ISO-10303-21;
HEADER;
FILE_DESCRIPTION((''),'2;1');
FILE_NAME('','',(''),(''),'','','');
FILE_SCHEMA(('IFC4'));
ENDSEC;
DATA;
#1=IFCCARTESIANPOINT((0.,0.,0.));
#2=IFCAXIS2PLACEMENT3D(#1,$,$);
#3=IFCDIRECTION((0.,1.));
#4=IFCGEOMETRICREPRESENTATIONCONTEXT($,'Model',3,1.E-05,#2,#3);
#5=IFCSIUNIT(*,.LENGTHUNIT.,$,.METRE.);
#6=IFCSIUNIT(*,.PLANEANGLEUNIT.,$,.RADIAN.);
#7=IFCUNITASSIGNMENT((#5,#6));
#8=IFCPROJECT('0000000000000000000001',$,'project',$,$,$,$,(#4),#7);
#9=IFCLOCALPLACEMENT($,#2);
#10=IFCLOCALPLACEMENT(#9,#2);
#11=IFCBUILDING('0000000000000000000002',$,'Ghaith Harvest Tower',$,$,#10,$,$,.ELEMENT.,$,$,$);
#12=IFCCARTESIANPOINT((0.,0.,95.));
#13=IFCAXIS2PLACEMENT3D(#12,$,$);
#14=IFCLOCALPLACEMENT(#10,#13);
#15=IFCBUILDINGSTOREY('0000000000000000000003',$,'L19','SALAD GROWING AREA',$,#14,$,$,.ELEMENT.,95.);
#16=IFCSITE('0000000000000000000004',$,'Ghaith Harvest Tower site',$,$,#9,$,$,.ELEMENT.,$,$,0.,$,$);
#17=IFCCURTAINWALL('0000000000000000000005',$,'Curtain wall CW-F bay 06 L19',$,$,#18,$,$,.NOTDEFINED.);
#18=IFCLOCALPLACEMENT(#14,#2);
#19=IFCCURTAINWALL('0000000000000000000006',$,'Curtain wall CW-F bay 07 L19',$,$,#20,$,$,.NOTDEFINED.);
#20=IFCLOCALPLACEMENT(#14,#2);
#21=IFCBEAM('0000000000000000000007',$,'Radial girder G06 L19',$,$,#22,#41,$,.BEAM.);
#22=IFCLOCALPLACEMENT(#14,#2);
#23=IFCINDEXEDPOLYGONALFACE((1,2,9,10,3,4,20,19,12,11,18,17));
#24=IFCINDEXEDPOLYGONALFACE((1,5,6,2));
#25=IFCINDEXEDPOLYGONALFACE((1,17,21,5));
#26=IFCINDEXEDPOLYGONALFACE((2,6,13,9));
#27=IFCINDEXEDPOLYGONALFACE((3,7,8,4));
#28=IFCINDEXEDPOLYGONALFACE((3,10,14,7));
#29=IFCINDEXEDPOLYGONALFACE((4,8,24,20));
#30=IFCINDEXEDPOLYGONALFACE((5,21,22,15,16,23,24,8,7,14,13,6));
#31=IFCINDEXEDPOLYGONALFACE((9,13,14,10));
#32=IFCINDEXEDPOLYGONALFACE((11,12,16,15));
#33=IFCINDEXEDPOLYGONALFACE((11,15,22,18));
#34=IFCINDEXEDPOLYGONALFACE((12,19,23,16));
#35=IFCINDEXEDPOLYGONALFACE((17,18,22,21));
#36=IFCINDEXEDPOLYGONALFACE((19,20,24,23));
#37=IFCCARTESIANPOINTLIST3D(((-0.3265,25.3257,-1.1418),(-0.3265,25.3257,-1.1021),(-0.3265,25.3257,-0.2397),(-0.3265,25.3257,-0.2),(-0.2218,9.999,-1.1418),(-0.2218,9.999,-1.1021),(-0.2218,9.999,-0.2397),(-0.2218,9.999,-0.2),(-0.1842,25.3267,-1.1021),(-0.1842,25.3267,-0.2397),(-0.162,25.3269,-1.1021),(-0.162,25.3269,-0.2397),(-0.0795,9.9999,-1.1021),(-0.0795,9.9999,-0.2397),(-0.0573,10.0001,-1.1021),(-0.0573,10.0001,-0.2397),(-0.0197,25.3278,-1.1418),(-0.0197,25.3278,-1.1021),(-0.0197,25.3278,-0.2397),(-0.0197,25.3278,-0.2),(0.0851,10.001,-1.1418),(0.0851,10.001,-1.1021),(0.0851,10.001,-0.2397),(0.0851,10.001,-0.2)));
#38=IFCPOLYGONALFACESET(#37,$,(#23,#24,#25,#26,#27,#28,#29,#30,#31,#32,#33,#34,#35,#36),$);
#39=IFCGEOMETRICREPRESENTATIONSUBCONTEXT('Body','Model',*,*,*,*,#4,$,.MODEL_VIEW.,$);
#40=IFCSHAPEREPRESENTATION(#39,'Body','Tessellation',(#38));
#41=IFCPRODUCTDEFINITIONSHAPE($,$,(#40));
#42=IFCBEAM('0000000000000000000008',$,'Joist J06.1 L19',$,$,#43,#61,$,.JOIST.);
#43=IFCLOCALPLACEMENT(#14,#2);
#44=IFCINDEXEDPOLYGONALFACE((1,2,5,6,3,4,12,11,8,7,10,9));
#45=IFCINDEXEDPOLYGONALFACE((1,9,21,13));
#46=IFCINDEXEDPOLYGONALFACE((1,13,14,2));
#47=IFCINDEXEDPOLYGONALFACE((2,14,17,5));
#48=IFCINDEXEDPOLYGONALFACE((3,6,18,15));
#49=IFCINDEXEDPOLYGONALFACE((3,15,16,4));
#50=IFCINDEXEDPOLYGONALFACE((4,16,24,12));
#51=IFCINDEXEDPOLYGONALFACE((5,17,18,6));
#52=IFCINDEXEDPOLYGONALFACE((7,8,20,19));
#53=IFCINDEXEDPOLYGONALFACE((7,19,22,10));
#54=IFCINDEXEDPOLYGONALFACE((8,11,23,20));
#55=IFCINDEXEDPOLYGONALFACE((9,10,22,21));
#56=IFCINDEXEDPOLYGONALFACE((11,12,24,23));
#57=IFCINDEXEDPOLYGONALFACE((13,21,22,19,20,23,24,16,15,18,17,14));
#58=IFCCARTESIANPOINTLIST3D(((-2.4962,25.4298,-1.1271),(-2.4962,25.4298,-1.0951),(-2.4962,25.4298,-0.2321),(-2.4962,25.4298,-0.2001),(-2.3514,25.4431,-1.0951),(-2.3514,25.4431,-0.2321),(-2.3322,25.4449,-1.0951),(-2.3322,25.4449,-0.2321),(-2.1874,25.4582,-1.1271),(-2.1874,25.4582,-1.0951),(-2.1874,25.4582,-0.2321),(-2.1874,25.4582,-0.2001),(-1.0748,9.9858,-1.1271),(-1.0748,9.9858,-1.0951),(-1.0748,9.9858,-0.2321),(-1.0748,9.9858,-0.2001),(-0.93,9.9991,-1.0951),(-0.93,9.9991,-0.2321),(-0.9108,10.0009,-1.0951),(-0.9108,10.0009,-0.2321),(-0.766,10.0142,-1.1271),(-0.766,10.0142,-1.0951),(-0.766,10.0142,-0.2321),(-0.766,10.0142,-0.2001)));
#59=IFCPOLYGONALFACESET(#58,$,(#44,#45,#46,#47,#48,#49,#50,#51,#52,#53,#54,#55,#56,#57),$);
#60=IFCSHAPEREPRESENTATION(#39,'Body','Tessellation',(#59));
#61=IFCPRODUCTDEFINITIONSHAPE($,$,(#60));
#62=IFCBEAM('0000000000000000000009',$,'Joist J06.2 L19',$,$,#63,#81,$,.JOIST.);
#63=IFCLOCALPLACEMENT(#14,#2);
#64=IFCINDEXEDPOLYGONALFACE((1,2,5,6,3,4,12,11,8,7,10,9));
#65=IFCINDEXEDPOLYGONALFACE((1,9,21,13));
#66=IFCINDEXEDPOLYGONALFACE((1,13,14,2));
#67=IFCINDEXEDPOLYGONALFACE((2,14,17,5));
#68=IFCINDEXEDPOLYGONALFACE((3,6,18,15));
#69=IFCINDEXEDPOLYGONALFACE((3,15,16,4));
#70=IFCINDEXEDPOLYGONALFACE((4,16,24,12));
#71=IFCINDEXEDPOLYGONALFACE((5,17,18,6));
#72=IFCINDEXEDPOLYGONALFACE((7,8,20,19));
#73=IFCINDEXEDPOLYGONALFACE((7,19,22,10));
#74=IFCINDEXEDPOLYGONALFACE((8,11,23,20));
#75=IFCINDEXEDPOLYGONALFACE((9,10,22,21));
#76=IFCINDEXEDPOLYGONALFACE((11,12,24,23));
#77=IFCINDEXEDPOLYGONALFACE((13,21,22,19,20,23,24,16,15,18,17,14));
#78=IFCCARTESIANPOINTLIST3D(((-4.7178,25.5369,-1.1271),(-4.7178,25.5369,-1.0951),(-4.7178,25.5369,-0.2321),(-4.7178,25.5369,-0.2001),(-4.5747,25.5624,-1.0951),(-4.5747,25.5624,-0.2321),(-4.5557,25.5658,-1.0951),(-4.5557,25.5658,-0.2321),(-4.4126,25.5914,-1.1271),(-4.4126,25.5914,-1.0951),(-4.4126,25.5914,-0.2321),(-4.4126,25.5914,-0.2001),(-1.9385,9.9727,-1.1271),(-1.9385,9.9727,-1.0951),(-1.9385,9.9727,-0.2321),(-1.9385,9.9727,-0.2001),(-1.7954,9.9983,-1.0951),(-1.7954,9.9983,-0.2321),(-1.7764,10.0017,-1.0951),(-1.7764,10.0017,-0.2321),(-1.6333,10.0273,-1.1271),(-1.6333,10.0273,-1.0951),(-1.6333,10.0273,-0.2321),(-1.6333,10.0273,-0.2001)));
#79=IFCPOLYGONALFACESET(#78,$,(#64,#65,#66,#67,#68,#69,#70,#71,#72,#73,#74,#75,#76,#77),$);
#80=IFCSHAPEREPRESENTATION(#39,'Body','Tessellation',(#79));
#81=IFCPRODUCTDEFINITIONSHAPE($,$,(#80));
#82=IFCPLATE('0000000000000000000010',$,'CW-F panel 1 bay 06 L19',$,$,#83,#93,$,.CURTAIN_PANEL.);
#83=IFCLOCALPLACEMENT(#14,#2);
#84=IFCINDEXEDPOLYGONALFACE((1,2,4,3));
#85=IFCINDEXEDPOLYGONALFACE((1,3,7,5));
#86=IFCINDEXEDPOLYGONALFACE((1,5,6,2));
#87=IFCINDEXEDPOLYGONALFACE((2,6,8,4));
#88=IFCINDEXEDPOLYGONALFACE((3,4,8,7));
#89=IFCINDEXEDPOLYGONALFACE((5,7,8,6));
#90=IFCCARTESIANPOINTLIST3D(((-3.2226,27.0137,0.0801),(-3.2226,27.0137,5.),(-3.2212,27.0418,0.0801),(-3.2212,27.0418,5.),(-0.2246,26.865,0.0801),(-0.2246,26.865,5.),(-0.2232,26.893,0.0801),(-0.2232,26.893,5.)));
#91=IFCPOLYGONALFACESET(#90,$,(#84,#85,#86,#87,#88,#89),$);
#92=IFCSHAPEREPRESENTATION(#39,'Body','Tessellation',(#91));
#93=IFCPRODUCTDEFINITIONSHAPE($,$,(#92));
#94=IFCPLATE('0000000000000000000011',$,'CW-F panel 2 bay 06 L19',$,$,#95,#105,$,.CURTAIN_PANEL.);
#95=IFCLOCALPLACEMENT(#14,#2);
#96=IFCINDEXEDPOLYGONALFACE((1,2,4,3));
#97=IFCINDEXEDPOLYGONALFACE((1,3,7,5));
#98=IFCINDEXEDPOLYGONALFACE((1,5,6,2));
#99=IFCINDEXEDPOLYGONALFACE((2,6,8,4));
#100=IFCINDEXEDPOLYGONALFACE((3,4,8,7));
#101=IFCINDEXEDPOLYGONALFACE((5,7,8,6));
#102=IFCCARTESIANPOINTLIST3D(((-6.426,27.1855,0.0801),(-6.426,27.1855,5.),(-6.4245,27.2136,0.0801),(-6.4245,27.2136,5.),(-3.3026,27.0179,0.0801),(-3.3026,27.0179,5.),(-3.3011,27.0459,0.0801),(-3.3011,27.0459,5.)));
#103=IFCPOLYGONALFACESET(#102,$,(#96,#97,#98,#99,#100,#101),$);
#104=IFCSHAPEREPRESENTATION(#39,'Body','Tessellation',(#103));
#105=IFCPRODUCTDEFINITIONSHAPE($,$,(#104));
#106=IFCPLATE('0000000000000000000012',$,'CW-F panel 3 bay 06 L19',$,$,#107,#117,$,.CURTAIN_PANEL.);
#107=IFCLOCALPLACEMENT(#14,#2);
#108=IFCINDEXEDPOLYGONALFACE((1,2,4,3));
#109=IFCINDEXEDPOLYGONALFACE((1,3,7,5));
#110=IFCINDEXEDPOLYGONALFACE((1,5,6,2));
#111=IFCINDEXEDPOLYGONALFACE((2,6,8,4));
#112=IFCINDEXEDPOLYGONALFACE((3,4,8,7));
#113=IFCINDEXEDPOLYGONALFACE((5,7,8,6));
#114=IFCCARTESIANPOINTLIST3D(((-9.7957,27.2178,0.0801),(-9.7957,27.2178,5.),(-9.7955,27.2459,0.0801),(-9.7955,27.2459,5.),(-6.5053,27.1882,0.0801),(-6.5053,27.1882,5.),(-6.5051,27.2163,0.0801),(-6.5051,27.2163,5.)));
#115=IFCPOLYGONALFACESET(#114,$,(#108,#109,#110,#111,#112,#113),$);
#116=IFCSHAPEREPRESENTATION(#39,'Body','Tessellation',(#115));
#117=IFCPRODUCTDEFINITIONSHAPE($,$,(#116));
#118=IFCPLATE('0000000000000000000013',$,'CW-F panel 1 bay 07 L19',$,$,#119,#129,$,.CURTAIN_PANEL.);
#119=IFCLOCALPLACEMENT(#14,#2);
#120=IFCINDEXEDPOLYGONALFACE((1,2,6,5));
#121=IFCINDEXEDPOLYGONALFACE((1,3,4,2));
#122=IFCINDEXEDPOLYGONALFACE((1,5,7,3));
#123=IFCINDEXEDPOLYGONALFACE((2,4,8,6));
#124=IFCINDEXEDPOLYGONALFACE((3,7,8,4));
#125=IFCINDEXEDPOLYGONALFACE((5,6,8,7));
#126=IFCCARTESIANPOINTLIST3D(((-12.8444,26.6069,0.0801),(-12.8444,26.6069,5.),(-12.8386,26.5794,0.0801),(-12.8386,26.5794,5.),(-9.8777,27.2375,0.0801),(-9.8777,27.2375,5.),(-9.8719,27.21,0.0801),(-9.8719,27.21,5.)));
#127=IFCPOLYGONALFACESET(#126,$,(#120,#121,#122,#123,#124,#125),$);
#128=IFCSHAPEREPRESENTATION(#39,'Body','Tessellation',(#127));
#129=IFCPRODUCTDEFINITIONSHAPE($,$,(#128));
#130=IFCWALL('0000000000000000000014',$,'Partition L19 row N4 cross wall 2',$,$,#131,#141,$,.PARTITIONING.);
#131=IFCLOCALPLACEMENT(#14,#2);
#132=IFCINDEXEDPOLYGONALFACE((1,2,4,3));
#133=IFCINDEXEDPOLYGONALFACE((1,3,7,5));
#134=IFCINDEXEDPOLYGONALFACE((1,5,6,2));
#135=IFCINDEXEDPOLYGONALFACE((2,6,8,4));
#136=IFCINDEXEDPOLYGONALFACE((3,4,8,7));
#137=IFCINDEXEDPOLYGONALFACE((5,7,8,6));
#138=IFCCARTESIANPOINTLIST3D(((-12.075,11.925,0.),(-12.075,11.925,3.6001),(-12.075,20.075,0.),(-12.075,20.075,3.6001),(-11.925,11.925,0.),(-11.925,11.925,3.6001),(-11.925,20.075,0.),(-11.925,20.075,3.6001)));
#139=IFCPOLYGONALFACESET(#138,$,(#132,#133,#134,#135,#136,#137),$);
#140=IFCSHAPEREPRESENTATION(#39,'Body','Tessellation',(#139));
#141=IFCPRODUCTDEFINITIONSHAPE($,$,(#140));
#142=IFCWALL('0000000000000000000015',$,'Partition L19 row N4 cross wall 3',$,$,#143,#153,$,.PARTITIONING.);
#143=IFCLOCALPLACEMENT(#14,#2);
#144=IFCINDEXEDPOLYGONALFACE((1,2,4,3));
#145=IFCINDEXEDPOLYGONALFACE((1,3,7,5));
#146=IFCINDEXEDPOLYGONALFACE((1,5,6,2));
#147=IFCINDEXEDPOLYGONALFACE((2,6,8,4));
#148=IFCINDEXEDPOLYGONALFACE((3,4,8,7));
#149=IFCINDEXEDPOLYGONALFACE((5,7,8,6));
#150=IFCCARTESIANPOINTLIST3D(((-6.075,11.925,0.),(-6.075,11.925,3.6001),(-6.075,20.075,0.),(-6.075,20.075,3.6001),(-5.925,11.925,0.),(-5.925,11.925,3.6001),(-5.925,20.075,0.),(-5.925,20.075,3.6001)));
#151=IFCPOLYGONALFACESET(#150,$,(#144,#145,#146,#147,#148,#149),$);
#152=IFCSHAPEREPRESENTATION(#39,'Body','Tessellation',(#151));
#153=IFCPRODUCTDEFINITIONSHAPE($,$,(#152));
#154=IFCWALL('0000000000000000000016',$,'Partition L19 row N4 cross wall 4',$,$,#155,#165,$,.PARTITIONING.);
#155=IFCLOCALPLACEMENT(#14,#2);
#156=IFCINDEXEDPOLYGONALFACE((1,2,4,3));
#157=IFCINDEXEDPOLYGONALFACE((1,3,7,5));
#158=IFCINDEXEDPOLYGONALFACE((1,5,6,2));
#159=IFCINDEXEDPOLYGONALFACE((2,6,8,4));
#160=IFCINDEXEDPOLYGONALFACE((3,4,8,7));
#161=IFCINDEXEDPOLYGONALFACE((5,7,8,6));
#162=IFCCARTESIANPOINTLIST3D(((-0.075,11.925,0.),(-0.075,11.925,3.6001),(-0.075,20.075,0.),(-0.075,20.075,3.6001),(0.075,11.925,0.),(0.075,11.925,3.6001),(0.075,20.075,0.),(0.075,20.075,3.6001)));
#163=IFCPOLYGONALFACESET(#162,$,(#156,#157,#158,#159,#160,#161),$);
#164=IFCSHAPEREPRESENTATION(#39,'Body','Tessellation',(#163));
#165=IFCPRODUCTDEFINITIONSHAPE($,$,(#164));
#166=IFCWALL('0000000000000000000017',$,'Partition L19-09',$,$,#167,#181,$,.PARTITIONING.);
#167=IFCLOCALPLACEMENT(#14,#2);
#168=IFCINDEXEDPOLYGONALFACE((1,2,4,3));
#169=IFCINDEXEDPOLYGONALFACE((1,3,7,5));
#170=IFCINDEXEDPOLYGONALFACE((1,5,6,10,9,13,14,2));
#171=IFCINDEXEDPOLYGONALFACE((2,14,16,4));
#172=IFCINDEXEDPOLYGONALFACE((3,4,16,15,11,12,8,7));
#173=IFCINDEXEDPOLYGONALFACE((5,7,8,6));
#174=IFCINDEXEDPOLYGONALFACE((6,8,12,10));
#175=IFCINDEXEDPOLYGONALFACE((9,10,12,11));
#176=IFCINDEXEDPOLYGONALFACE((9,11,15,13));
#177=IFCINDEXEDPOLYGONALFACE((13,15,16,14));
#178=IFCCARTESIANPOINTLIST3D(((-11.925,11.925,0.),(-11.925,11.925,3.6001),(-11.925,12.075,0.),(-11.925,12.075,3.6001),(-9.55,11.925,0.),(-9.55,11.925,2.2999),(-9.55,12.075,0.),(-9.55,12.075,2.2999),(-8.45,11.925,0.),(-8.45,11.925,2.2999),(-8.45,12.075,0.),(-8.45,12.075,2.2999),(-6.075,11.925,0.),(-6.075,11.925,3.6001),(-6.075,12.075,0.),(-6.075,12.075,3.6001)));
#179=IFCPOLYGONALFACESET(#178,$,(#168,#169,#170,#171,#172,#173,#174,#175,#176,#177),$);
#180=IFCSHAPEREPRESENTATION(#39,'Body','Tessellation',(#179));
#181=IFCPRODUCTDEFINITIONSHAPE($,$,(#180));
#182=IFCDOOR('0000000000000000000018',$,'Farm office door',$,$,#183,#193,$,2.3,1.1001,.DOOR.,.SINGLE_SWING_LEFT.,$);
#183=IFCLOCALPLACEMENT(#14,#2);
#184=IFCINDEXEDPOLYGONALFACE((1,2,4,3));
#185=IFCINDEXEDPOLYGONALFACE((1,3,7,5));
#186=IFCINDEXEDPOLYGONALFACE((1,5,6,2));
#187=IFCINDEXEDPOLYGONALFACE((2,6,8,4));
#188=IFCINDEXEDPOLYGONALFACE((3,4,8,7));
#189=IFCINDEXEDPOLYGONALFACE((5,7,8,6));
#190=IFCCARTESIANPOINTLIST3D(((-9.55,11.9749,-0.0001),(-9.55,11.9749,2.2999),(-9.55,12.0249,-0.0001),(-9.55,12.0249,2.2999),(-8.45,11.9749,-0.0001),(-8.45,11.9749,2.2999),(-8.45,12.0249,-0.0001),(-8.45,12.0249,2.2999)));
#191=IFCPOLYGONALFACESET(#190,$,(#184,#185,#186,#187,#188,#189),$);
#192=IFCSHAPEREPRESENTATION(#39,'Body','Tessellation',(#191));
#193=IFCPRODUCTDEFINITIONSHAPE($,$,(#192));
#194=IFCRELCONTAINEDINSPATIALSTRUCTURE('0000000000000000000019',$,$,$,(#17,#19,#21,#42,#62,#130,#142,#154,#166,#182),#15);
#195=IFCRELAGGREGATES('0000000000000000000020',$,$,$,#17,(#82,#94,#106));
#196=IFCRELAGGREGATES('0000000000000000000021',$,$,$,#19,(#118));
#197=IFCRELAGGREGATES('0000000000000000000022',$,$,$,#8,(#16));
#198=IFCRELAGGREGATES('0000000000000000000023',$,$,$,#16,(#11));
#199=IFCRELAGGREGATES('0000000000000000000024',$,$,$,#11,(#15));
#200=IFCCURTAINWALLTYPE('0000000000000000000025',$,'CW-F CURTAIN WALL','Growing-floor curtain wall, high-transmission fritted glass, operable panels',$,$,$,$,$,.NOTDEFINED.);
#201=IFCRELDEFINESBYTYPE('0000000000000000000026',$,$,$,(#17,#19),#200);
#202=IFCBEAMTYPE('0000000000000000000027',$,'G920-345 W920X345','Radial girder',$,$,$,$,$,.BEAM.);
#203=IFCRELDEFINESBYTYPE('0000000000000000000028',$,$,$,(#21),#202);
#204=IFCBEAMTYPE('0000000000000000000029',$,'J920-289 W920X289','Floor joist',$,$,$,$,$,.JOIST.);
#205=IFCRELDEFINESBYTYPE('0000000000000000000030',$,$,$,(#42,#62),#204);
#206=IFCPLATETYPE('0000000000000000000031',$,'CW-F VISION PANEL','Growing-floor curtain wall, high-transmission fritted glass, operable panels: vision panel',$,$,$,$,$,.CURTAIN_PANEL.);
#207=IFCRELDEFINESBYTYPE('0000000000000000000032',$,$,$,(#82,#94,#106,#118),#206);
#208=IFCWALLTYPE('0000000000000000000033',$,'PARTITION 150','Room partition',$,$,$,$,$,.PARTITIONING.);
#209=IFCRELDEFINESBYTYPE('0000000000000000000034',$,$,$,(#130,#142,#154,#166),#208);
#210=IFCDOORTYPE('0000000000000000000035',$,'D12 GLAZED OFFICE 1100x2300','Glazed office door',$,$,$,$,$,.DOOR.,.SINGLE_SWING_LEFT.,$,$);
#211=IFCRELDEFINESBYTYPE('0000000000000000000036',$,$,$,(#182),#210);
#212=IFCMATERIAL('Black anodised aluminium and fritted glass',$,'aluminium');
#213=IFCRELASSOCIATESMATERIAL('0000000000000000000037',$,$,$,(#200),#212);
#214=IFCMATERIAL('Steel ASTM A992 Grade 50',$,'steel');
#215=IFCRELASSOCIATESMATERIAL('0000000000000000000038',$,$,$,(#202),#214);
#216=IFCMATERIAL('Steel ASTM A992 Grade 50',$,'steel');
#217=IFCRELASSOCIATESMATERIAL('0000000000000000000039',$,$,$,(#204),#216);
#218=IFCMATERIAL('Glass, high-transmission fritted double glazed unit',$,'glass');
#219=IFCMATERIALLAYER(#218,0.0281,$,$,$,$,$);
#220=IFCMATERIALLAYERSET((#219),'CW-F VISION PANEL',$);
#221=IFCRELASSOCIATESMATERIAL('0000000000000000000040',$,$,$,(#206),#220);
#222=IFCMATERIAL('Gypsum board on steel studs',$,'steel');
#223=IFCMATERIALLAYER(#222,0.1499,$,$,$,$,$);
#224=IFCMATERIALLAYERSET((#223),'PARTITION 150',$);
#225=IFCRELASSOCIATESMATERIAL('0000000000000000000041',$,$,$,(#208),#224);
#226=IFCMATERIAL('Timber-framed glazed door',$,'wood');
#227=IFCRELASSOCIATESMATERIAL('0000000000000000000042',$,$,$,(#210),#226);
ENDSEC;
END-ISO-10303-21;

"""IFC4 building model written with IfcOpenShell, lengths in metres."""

from ifc_helpers import new_model, si_unit, direction, frame, frame_2d, origin, origin_2d, place, context, subcontext, project, spatial, rectangle, i_section, extrude, material, layer, layer_set, material_profile, profile_set, type_object, element, fill, aggregate, save


model = new_model("IFC4")

# Units and contexts
model_context = context("Model", 3, precision=1e-05, world=origin(), true_north=direction((0.0, 1.0)))
body_context = subcontext(model_context, "Body", "Model", "MODEL_VIEW")
ifc_project = project(units=[si_unit("LENGTHUNIT", "METRE"), si_unit("PLANEANGLEUNIT", "RADIAN")], contexts=[model_context])

# Site, building, storey
site_placement = place(None, origin())
site = spatial("IfcSite", under=ifc_project, at=site_placement, Name="Ghaith Harvest Tower site", CompositionType="ELEMENT", RefElevation=0.0)
building_placement = place(site_placement, origin())
building = spatial("IfcBuilding", under=site, at=building_placement, Name="Ghaith Harvest Tower", CompositionType="ELEMENT")
storey_placement = place(building_placement, frame((0.0, 0.0, 95.0)))
storey = spatial("IfcBuildingStorey", under=building, at=storey_placement, Name="L19", Description="SALAD GROWING AREA", CompositionType="ELEMENT", Elevation=95.0)

# Curtain wall
ifc_material_1 = material(Name="Black anodised aluminium and fritted glass", Category="aluminium")
curtain_wall_type = type_object("IfcCurtainWallType", Name="CW-F CURTAIN WALL", Description="Growing-floor curtain wall, high-transmission fritted glass, operable panels", PredefinedType="NOTDEFINED", material=ifc_material_1)
curtain_wall_1_placement = place(storey_placement, origin())
curtain_wall_1 = element("IfcCurtainWall", 1, at=curtain_wall_1_placement, inside=storey, type_object=curtain_wall_type, Name="Curtain wall CW-F bay 06 L19", PredefinedType="NOTDEFINED")

# Curtain wall
curtain_wall_2_placement = place(storey_placement, origin())
curtain_wall_2 = element("IfcCurtainWall", 2, at=curtain_wall_2_placement, inside=storey, type_object=curtain_wall_type, Name="Curtain wall CW-F bay 07 L19", PredefinedType="NOTDEFINED")

# Beams
ifc_material_2 = material(Name="Steel ASTM A992 Grade 50", Category="steel")
ifc_material_profile_1 = material_profile(ifc_material_2, i_section(OverallWidth=0.3069, OverallDepth=0.9419, WebThickness=0.0222, FlangeThickness=0.0398, at=origin_2d()), Name="W920X345")
ifc_profile_set_1 = profile_set([ifc_material_profile_1], Name="Steel ASTM A992 Grade 50")
beam_type_1 = type_object("IfcBeamType", Name="G920-345 W920X345", Description="Radial girder", PredefinedType="BEAM", material=ifc_profile_set_1)
beam_1_placement = place(storey_placement, frame((-0.0684, 10.0, -0.6709), z_axis=(-0.006833, 0.999977, 0.0), x_axis=(-0.999977, -0.006833, 0.0)))
element("IfcBeam", 3, at=beam_1_placement, inside=storey, type_object=beam_type_1, Name="Radial girder G06 L19", PredefinedType="BEAM", context=body_context, shape_type="SweptSolid", body=[
    extrude(i_section(OverallWidth=0.3069, OverallDepth=0.9419, WebThickness=0.0222, FlangeThickness=0.0398, at=origin_2d()), origin(), (0.0, 0.0, 1.0), 15.3271),
])
ifc_material_3 = material(Name="Steel ASTM A992 Grade 50", Category="steel")
ifc_material_profile_2 = material_profile(ifc_material_3, i_section(OverallWidth=0.3101, OverallDepth=0.927, WebThickness=0.0193, FlangeThickness=0.032, at=origin_2d()), Name="W920X289")
ifc_profile_set_2 = profile_set([ifc_material_profile_2], Name="Steel ASTM A992 Grade 50")
beam_type_2 = type_object("IfcBeamType", Name="J920-289 W920X289", Description="Floor joist", PredefinedType="JOIST", material=ifc_profile_set_2)
beam_2_placement = place(storey_placement, frame((-0.9204, 10.0, -0.6636), z_axis=(-0.091647, 0.995792, 0.0), x_axis=(-0.995792, -0.091647, 0.0)))
element("IfcBeam", 4, at=beam_2_placement, inside=storey, type_object=beam_type_2, Name="Joist J06.1 L19", PredefinedType="JOIST", context=body_context, shape_type="SweptSolid", body=[
    extrude(i_section(OverallWidth=0.3101, OverallDepth=0.927, WebThickness=0.0193, FlangeThickness=0.032, at=origin_2d()), origin(), (0.0, 0.0, 1.0), 15.5093),
])
beam_3_placement = place(storey_placement, frame((-1.7859, 10.0, -0.6636), z_axis=(-0.175789, 0.984428, 0.0), x_axis=(-0.984428, -0.175789, 0.0)))
element("IfcBeam", 5, at=beam_3_placement, inside=storey, type_object=beam_type_2, Name="Joist J06.2 L19", PredefinedType="JOIST", context=body_context, shape_type="SweptSolid", body=[
    extrude(i_section(OverallWidth=0.3101, OverallDepth=0.927, WebThickness=0.0193, FlangeThickness=0.032, at=origin_2d()), origin(), (0.0, 0.0, 1.0), 15.8103),
])

# Plates
ifc_material_4 = material(Name="Glass, high-transmission fritted double glazed unit", Category="glass")
ifc_layer_1 = layer(ifc_material_4, 0.0281)
ifc_layer_set_1 = layer_set([ifc_layer_1], Name="CW-F VISION PANEL")
plate_type = type_object("IfcPlateType", Name="CW-F VISION PANEL", Description="Growing-floor curtain wall, high-transmission fritted glass, operable panels: vision panel", PredefinedType="CURTAIN_PANEL", material=ifc_layer_set_1)
plate_1_placement = place(storey_placement, frame((-1.7229, 26.9534, 0.0801), z_axis=(0.0, 0.0, 1.0), x_axis=(-0.998771, 0.049554, 0.0)))
plate_1 = element("IfcPlate", 6, at=plate_1_placement, type_object=plate_type, Name="CW-F panel 1 bay 06 L19", PredefinedType="CURTAIN_PANEL", context=body_context, shape_type="SweptSolid", body=[
    extrude(rectangle(XDim=3.0017, YDim=0.0281, at=origin_2d()), origin(), (0.0, 0.0, 1.0), 4.9199),
])
plate_2_placement = place(storey_placement, frame((-4.8635, 27.1157, 0.0801), z_axis=(0.0, 0.0, 1.0), x_axis=(-0.998563, 0.0536, 0.0)))
plate_2 = element("IfcPlate", 7, at=plate_2_placement, type_object=plate_type, Name="CW-F panel 2 bay 06 L19", PredefinedType="CURTAIN_PANEL", context=body_context, shape_type="SweptSolid", body=[
    extrude(rectangle(XDim=3.1279, YDim=0.0281, at=origin_2d()), origin(), (0.0, 0.0, 1.0), 4.9199),
])
plate_3_placement = place(storey_placement, frame((-8.1504, 27.217, 0.0801), z_axis=(0.0, 0.0, 1.0), x_axis=(-0.99996, 0.008988, 0.0)))
plate_3 = element("IfcPlate", 8, at=plate_3_placement, type_object=plate_type, Name="CW-F panel 3 bay 06 L19", PredefinedType="CURTAIN_PANEL", context=body_context, shape_type="SweptSolid", body=[
    extrude(rectangle(XDim=3.2905, YDim=0.0281, at=origin_2d()), origin(), (0.0, 0.0, 1.0), 4.9199),
])
aggregate(curtain_wall_1, [plate_1, plate_2, plate_3])
plate_4_placement = place(storey_placement, frame((-11.3582, 26.9084, 0.0801), z_axis=(0.0, 0.0, 1.0), x_axis=(-0.978149, -0.207904, 0.0)))
plate_4 = element("IfcPlate", 9, at=plate_4_placement, type_object=plate_type, Name="CW-F panel 1 bay 07 L19", PredefinedType="CURTAIN_PANEL", context=body_context, shape_type="SweptSolid", body=[
    extrude(rectangle(XDim=3.033, YDim=0.0281, at=origin_2d()), origin(), (0.0, 0.0, 1.0), 4.9199),
])
aggregate(curtain_wall_2, [plate_4])

# Walls
ifc_material_5 = material(Name="Gypsum board on steel studs", Category="steel")
ifc_layer_2 = layer(ifc_material_5, 0.1499)
ifc_layer_set_2 = layer_set([ifc_layer_2], Name="PARTITION 150")
wall_type = type_object("IfcWallType", Name="PARTITION 150", Description="Room partition", PredefinedType="PARTITIONING", material=ifc_layer_set_2)
for number, where, z_axis, x_axis, name in (
    (10, (-12.0, 11.925, 0.0), (0.0, 0.0, 1.0), (0.0, 1.0, 0.0), "Partition L19 row N4 cross wall 2"),
    (11, (-6.0, 11.925, 0.0), (0.0, 0.0, 1.0), (0.0, 1.0, 0.0), "Partition L19 row N4 cross wall 3"),
    (12, (0.0, 11.925, 0.0), (0.0, 0.0, 1.0), (0.0, 1.0, 0.0), "Partition L19 row N4 cross wall 4"),
):
    element("IfcWall", number, at=place(storey_placement, frame(where, z_axis=z_axis, x_axis=x_axis)), inside=storey, type_object=wall_type, Name=name, PredefinedType="PARTITIONING", context=body_context, shape_type="SweptSolid", body=[
        extrude(rectangle(XDim=8.1499, YDim=0.1499, at=frame_2d((4.075, 0.0))), origin(), (0.0, 0.0, 1.0), 3.6001),
    ])

# Wall, opening, door
wall_1_placement = place(storey_placement, frame((-11.925, 12.0, 0.0), z_axis=(0.0, 0.0, 1.0), x_axis=(1.0, 0.0, 0.0)))
wall_1 = element("IfcWall", 13, at=wall_1_placement, inside=storey, type_object=wall_type, Name="Partition L19-09", PredefinedType="PARTITIONING", context=body_context, shape_type="SweptSolid", body=[
    extrude(rectangle(XDim=5.8501, YDim=0.1499, at=frame_2d((2.925, 0.0))), origin(), (0.0, 0.0, 1.0), 3.6001),
])
opening_1_placement = place(wall_1_placement, frame((2.375, 0.0, 0.0)))
opening_1 = element("IfcOpeningElement", 14, at=opening_1_placement, cuts=wall_1, PredefinedType="OPENING", context=body_context, shape_type="SweptSolid", body=[
    extrude(rectangle(XDim=1.1001, YDim=2.3, at=frame_2d((0.55, 1.1499))), frame((0.0, 0.085, 0.0), z_axis=(0.0, -1.0, 0.0), x_axis=(1.0, 0.0, 0.0)), (0.0, 0.0, 1.0), 0.1699),
])
ifc_material_6 = material(Name="Timber-framed glazed door", Category="wood")
door_type_1 = type_object("IfcDoorType", Name="D12 GLAZED OFFICE 1100x2300", Description="Glazed office door", OperationType="SINGLE_SWING_LEFT", PredefinedType="DOOR", material=ifc_material_6)
door_1_placement = place(opening_1_placement, origin())
door_1 = element("IfcDoor", 15, at=door_1_placement, inside=storey, type_object=door_type_1, Name="Farm office door", OperationType="SINGLE_SWING_LEFT", OverallHeight=2.3, OverallWidth=1.1001, PredefinedType="DOOR", context=body_context, shape_type="SweptSolid", body=[
    extrude(rectangle(XDim=1.1001, YDim=2.3, at=frame_2d((0.55, 1.1499))), frame((0.0, 0.0249, 0.0), z_axis=(0.0, -1.0, 0.0), x_axis=(1.0, 0.0, 0.0)), (0.0, 0.0, 1.0), 0.05),
])
fill(opening_1, door_1)

save(model, "model.ifc")
